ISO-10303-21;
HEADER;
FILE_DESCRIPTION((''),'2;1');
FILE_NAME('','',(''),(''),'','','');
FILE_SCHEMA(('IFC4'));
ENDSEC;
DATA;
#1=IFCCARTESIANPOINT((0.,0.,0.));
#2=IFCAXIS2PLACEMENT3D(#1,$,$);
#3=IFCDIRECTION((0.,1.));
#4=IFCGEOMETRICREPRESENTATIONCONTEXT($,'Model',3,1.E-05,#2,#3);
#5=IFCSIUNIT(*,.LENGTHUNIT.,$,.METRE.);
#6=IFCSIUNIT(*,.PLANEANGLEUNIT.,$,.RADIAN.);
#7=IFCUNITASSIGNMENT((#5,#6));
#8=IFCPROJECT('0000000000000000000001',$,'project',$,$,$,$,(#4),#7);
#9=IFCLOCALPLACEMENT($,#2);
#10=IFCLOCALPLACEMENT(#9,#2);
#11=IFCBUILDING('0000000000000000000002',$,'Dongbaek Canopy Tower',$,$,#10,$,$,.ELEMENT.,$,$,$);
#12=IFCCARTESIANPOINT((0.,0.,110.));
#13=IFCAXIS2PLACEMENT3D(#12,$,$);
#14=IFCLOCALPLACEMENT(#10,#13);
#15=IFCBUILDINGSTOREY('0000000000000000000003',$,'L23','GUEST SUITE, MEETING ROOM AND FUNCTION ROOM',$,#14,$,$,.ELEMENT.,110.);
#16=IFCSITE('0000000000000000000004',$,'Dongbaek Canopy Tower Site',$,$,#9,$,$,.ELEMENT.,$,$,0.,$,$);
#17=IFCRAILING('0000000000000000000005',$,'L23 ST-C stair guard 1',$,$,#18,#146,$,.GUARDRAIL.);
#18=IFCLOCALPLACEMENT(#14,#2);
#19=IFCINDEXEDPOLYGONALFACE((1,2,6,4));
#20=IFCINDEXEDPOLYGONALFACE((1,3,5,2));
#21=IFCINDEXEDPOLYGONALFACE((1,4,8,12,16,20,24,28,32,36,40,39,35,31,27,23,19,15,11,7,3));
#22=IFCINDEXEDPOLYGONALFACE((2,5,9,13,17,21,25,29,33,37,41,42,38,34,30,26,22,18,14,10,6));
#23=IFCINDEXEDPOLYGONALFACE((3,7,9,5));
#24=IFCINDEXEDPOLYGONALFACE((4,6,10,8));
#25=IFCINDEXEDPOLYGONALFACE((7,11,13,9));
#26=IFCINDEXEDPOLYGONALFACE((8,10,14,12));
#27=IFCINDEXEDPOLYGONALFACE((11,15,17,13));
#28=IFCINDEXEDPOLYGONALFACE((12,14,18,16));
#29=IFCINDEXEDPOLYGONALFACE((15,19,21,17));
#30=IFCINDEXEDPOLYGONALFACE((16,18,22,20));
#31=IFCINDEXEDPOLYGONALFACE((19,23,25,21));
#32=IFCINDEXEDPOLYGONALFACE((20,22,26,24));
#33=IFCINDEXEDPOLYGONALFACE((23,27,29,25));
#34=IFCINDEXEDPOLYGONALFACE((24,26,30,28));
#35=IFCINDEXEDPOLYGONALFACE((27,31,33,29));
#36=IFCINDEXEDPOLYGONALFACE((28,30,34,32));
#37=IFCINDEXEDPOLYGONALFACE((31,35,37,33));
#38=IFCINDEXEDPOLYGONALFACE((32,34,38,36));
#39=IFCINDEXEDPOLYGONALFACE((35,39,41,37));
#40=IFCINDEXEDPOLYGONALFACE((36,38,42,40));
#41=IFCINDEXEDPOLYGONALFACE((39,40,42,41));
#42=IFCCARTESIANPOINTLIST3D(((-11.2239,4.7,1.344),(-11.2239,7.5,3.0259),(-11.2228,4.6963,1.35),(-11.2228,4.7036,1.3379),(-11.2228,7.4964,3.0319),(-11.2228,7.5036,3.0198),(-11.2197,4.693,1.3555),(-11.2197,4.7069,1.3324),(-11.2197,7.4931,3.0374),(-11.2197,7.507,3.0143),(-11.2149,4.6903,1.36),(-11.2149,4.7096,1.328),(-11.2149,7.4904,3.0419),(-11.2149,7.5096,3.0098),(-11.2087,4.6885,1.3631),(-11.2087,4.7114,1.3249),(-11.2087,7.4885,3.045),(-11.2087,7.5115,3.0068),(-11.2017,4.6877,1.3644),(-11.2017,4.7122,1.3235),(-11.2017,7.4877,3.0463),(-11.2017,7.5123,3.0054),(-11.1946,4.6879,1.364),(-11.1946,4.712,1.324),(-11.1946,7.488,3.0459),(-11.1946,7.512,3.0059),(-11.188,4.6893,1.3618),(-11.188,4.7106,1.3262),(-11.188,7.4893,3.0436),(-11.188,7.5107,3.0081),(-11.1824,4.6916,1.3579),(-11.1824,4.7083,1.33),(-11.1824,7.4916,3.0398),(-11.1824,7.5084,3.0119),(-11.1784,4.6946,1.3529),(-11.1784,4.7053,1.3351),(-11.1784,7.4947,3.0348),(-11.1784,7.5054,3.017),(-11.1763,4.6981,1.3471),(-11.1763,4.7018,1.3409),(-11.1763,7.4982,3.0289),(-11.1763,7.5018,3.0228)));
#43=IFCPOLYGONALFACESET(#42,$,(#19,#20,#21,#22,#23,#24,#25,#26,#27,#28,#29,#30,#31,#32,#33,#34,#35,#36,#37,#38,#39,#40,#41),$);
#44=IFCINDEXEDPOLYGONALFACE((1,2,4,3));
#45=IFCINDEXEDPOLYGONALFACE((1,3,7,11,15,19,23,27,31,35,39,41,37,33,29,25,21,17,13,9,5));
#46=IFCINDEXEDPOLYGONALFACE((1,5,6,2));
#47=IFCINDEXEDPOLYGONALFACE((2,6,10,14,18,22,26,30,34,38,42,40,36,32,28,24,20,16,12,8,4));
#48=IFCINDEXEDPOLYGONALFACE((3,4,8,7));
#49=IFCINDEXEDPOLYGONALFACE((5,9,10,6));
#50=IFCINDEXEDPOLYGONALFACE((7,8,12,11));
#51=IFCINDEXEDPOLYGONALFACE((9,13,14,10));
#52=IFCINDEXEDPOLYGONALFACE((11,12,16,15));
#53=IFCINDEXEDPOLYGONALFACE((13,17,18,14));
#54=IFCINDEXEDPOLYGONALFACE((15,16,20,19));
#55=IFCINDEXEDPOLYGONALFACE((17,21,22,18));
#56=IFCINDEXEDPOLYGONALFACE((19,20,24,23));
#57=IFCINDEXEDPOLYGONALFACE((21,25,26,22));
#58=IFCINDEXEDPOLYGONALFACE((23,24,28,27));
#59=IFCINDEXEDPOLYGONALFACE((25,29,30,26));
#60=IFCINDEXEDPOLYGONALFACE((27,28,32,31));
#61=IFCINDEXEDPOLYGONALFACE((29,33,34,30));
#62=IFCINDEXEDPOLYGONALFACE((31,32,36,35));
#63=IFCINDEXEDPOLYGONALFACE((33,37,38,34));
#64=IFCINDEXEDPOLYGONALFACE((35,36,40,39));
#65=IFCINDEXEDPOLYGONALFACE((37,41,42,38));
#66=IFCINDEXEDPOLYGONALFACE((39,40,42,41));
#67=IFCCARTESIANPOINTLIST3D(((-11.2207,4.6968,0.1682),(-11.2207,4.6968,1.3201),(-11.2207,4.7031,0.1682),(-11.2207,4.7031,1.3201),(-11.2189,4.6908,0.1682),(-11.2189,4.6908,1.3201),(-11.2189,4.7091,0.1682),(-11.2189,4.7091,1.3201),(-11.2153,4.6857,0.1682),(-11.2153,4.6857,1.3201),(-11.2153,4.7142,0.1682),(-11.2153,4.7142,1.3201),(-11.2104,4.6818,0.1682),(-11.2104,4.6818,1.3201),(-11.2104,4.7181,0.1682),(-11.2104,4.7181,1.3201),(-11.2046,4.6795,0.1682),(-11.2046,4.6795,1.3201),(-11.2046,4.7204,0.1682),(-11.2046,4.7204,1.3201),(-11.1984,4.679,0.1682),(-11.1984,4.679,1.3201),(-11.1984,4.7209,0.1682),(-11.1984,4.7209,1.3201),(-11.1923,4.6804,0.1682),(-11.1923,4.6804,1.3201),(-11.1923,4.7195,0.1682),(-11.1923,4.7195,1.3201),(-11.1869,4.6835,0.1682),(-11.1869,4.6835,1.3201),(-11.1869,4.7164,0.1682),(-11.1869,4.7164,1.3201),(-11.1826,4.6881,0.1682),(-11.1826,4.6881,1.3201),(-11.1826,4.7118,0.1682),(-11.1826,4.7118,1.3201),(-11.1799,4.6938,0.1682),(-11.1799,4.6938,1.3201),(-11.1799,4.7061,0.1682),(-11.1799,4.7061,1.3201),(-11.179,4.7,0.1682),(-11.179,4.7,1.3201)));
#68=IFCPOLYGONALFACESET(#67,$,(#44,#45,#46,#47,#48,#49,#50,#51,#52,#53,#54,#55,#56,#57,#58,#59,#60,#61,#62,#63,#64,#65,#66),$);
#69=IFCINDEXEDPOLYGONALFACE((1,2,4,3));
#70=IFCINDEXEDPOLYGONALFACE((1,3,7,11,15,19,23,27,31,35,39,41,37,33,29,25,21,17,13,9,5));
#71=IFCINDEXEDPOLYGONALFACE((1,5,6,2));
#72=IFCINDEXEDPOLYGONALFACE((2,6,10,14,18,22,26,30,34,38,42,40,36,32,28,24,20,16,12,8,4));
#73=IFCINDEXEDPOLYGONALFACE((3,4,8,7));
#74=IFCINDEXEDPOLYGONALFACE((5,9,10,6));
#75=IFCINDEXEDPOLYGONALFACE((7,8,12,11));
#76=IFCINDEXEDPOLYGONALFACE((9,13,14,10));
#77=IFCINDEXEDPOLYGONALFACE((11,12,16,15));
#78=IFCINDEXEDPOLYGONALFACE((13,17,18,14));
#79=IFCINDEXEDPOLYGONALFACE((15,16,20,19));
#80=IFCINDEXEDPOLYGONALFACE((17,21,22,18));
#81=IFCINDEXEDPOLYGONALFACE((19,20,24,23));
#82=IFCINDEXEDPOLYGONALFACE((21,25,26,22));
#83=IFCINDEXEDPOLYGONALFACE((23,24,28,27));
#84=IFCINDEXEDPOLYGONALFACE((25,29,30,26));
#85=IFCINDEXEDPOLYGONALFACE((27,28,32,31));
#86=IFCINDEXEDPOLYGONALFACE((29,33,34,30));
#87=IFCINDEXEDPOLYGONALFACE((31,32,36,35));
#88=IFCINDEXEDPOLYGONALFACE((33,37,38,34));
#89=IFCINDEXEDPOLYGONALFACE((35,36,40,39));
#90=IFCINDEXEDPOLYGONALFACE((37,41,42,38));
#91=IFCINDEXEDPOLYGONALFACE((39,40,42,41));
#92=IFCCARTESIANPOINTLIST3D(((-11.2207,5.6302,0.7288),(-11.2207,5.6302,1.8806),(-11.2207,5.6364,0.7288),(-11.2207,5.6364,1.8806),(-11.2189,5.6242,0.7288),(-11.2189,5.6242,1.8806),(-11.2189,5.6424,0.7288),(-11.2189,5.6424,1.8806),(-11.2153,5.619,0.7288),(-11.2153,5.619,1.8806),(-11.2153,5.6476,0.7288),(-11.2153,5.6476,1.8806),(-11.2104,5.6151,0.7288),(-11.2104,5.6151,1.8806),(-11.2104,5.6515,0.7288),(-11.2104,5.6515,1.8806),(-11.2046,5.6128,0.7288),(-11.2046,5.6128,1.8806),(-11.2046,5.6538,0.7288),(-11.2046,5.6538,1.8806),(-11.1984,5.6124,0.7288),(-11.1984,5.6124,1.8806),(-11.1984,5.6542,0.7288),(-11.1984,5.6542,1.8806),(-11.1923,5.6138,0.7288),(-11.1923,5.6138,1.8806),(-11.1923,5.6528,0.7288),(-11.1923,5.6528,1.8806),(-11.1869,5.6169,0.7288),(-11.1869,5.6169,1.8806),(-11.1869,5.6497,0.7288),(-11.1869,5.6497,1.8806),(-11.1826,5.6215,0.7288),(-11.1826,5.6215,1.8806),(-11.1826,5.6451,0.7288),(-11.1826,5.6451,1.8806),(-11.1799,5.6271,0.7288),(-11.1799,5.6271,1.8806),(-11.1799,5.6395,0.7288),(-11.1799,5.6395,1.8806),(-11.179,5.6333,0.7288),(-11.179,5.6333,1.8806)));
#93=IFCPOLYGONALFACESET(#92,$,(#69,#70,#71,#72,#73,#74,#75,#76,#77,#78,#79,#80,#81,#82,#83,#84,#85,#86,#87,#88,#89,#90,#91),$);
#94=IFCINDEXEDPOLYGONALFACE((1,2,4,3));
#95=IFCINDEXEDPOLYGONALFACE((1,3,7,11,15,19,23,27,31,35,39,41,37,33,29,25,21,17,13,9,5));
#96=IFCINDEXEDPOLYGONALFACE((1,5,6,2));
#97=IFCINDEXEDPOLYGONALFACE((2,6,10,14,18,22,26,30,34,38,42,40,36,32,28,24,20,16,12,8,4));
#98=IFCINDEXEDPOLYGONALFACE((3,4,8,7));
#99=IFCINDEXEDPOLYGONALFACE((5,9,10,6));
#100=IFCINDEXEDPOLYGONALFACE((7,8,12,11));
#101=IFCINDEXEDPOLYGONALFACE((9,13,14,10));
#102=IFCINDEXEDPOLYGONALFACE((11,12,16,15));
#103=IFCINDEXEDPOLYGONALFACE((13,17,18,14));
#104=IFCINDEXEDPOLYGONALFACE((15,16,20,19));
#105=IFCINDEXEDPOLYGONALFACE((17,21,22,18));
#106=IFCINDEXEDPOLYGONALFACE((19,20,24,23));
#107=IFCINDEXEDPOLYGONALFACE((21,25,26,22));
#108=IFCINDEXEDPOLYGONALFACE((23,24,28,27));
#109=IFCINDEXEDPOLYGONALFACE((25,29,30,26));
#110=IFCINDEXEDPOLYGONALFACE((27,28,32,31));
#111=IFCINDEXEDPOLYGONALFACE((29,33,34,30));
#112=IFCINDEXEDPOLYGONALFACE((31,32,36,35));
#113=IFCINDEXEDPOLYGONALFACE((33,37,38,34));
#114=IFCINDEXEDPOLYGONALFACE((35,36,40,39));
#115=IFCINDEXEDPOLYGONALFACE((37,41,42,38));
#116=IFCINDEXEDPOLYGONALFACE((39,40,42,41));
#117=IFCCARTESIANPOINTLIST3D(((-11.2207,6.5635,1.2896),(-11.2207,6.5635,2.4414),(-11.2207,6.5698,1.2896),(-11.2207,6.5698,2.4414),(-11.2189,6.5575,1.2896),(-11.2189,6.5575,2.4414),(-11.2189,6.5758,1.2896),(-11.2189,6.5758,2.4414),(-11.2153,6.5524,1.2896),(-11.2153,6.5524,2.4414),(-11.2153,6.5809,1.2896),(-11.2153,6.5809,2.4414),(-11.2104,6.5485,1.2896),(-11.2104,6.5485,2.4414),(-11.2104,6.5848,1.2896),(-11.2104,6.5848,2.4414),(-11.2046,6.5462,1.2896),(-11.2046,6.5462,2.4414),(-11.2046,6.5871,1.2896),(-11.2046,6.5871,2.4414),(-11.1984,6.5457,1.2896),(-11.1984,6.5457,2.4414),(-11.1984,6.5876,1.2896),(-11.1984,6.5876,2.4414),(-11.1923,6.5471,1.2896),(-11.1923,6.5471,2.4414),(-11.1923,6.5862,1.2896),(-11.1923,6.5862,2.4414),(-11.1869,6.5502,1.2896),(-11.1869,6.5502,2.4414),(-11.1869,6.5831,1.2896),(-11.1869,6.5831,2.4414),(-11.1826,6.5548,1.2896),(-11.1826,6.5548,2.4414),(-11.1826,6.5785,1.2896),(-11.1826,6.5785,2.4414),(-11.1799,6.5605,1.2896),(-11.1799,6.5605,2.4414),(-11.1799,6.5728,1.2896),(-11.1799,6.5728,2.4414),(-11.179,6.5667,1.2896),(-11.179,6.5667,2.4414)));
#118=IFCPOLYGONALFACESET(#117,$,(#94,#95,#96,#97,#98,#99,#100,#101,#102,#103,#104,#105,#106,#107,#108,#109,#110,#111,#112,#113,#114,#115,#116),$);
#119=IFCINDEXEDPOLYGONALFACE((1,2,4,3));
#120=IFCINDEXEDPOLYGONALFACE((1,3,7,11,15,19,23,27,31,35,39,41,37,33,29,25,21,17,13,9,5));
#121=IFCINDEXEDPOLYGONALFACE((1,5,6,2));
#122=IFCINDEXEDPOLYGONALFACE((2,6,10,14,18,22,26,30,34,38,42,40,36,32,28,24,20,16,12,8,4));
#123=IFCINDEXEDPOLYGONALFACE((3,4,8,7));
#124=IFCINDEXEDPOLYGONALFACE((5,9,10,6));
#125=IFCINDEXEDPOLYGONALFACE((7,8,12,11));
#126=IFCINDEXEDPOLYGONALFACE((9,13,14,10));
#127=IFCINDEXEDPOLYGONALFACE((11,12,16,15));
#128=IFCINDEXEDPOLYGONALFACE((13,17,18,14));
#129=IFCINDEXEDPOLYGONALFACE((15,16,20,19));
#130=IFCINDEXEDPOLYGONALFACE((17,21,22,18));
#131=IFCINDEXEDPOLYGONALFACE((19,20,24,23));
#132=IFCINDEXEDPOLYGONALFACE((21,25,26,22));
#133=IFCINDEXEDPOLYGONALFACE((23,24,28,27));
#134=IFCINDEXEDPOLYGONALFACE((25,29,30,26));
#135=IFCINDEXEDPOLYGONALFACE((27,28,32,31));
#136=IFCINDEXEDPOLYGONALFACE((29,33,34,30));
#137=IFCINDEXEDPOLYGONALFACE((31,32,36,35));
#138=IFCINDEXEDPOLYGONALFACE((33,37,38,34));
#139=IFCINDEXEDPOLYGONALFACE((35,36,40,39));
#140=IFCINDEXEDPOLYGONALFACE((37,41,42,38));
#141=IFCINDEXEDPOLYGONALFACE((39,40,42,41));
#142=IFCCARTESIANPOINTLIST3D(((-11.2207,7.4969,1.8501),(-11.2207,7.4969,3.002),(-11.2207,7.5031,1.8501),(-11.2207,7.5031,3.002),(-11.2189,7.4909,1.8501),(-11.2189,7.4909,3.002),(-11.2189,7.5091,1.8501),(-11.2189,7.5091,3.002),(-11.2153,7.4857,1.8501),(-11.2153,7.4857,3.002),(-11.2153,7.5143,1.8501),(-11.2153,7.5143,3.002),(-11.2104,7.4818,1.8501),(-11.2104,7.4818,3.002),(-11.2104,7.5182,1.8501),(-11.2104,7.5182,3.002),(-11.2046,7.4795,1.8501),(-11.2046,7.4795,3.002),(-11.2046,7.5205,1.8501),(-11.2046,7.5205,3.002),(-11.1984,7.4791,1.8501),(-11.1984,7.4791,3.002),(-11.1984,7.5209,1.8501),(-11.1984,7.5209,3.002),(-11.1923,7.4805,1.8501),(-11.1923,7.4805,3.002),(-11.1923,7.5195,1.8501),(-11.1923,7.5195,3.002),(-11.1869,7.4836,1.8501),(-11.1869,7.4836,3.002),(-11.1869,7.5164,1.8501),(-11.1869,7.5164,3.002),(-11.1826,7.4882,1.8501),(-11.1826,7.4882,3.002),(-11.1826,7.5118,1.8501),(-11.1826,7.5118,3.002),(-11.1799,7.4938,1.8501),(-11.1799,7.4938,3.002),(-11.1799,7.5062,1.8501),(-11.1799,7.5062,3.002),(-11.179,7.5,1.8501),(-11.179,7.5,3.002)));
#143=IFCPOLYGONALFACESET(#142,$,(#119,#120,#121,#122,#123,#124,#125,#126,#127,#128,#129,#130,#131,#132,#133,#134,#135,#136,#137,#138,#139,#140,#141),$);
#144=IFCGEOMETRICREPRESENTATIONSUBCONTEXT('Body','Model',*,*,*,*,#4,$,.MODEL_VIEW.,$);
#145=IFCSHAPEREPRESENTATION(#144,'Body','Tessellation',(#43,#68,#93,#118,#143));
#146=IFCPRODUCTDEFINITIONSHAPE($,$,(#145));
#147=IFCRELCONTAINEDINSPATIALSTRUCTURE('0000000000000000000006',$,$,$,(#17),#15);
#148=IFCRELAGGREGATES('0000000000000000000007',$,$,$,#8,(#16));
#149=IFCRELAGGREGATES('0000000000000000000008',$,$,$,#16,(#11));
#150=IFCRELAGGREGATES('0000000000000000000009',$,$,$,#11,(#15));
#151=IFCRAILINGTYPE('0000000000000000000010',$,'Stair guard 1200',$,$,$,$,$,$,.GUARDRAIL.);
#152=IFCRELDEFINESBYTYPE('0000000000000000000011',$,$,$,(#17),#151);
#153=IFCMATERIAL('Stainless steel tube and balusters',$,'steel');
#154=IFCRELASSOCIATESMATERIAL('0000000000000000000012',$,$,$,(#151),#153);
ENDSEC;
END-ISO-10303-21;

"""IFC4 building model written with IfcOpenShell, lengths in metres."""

from ifc_helpers import new_model, si_unit, direction, frame, origin, origin_2d, place, context, subcontext, project, spatial, circle, extrude, material, type_object, element, save


model = new_model("IFC4")

# Units and contexts
model_context = context("Model", 3, precision=1e-05, world=origin(), true_north=direction((0.0, 1.0)))
body_context = subcontext(model_context, "Body", "Model", "MODEL_VIEW")
ifc_project = project(units=[si_unit("LENGTHUNIT", "METRE"), si_unit("PLANEANGLEUNIT", "RADIAN")], contexts=[model_context])

# Site, building, storey
site_placement = place(None, origin())
site = spatial("IfcSite", under=ifc_project, at=site_placement, Name="Dongbaek Canopy Tower Site", CompositionType="ELEMENT", RefElevation=0.0)
building_placement = place(site_placement, origin())
building = spatial("IfcBuilding", under=site, at=building_placement, Name="Dongbaek Canopy Tower", CompositionType="ELEMENT")
storey_placement = place(building_placement, frame((0.0, 0.0, 110.0)))
storey = spatial("IfcBuildingStorey", under=building, at=storey_placement, Name="L23", Description="GUEST SUITE, MEETING ROOM AND FUNCTION ROOM", CompositionType="ELEMENT", Elevation=110.0)

# Railing
ifc_material_1 = material(Name="Stainless steel tube and balusters", Category="steel")
railing_type_1 = type_object("IfcRailingType", Name="Stair guard 1200", PredefinedType="GUARDRAIL", material=ifc_material_1)
railing_1_placement = place(storey_placement, frame((-11.2, 4.7, 0.1682)))
element("IfcRailing", 1, at=railing_1_placement, inside=storey, type_object=railing_type_1, Name="L23 ST-C stair guard 1", PredefinedType="GUARDRAIL", context=body_context, shape_type="SweptSolid", body=[
    extrude(circle(Radius=0.0239, at=origin_2d()), frame((0.0, 0.0, 1.1758), z_axis=(0.0, 0.857242, 0.514913), x_axis=(-1.0, 0.0, 0.0)), (0.0, 0.0, 1.0), 3.2664),
    extrude(circle(Radius=0.021, at=origin_2d()), origin(), (0.0, 0.0, 1.0), 1.1519),
    extrude(circle(Radius=0.021, at=origin_2d()), frame((0.0, 0.9333, 0.5605)), (0.0, 0.0, 1.0), 1.1519),
    extrude(circle(Radius=0.021, at=origin_2d()), frame((0.0, 1.8667, 1.1213)), (0.0, 0.0, 1.0), 1.1519),
    extrude(circle(Radius=0.021, at=origin_2d()), frame((0.0, 2.8, 1.6819)), (0.0, 0.0, 1.0), 1.1519),
])

save(model, "model.ifc")
